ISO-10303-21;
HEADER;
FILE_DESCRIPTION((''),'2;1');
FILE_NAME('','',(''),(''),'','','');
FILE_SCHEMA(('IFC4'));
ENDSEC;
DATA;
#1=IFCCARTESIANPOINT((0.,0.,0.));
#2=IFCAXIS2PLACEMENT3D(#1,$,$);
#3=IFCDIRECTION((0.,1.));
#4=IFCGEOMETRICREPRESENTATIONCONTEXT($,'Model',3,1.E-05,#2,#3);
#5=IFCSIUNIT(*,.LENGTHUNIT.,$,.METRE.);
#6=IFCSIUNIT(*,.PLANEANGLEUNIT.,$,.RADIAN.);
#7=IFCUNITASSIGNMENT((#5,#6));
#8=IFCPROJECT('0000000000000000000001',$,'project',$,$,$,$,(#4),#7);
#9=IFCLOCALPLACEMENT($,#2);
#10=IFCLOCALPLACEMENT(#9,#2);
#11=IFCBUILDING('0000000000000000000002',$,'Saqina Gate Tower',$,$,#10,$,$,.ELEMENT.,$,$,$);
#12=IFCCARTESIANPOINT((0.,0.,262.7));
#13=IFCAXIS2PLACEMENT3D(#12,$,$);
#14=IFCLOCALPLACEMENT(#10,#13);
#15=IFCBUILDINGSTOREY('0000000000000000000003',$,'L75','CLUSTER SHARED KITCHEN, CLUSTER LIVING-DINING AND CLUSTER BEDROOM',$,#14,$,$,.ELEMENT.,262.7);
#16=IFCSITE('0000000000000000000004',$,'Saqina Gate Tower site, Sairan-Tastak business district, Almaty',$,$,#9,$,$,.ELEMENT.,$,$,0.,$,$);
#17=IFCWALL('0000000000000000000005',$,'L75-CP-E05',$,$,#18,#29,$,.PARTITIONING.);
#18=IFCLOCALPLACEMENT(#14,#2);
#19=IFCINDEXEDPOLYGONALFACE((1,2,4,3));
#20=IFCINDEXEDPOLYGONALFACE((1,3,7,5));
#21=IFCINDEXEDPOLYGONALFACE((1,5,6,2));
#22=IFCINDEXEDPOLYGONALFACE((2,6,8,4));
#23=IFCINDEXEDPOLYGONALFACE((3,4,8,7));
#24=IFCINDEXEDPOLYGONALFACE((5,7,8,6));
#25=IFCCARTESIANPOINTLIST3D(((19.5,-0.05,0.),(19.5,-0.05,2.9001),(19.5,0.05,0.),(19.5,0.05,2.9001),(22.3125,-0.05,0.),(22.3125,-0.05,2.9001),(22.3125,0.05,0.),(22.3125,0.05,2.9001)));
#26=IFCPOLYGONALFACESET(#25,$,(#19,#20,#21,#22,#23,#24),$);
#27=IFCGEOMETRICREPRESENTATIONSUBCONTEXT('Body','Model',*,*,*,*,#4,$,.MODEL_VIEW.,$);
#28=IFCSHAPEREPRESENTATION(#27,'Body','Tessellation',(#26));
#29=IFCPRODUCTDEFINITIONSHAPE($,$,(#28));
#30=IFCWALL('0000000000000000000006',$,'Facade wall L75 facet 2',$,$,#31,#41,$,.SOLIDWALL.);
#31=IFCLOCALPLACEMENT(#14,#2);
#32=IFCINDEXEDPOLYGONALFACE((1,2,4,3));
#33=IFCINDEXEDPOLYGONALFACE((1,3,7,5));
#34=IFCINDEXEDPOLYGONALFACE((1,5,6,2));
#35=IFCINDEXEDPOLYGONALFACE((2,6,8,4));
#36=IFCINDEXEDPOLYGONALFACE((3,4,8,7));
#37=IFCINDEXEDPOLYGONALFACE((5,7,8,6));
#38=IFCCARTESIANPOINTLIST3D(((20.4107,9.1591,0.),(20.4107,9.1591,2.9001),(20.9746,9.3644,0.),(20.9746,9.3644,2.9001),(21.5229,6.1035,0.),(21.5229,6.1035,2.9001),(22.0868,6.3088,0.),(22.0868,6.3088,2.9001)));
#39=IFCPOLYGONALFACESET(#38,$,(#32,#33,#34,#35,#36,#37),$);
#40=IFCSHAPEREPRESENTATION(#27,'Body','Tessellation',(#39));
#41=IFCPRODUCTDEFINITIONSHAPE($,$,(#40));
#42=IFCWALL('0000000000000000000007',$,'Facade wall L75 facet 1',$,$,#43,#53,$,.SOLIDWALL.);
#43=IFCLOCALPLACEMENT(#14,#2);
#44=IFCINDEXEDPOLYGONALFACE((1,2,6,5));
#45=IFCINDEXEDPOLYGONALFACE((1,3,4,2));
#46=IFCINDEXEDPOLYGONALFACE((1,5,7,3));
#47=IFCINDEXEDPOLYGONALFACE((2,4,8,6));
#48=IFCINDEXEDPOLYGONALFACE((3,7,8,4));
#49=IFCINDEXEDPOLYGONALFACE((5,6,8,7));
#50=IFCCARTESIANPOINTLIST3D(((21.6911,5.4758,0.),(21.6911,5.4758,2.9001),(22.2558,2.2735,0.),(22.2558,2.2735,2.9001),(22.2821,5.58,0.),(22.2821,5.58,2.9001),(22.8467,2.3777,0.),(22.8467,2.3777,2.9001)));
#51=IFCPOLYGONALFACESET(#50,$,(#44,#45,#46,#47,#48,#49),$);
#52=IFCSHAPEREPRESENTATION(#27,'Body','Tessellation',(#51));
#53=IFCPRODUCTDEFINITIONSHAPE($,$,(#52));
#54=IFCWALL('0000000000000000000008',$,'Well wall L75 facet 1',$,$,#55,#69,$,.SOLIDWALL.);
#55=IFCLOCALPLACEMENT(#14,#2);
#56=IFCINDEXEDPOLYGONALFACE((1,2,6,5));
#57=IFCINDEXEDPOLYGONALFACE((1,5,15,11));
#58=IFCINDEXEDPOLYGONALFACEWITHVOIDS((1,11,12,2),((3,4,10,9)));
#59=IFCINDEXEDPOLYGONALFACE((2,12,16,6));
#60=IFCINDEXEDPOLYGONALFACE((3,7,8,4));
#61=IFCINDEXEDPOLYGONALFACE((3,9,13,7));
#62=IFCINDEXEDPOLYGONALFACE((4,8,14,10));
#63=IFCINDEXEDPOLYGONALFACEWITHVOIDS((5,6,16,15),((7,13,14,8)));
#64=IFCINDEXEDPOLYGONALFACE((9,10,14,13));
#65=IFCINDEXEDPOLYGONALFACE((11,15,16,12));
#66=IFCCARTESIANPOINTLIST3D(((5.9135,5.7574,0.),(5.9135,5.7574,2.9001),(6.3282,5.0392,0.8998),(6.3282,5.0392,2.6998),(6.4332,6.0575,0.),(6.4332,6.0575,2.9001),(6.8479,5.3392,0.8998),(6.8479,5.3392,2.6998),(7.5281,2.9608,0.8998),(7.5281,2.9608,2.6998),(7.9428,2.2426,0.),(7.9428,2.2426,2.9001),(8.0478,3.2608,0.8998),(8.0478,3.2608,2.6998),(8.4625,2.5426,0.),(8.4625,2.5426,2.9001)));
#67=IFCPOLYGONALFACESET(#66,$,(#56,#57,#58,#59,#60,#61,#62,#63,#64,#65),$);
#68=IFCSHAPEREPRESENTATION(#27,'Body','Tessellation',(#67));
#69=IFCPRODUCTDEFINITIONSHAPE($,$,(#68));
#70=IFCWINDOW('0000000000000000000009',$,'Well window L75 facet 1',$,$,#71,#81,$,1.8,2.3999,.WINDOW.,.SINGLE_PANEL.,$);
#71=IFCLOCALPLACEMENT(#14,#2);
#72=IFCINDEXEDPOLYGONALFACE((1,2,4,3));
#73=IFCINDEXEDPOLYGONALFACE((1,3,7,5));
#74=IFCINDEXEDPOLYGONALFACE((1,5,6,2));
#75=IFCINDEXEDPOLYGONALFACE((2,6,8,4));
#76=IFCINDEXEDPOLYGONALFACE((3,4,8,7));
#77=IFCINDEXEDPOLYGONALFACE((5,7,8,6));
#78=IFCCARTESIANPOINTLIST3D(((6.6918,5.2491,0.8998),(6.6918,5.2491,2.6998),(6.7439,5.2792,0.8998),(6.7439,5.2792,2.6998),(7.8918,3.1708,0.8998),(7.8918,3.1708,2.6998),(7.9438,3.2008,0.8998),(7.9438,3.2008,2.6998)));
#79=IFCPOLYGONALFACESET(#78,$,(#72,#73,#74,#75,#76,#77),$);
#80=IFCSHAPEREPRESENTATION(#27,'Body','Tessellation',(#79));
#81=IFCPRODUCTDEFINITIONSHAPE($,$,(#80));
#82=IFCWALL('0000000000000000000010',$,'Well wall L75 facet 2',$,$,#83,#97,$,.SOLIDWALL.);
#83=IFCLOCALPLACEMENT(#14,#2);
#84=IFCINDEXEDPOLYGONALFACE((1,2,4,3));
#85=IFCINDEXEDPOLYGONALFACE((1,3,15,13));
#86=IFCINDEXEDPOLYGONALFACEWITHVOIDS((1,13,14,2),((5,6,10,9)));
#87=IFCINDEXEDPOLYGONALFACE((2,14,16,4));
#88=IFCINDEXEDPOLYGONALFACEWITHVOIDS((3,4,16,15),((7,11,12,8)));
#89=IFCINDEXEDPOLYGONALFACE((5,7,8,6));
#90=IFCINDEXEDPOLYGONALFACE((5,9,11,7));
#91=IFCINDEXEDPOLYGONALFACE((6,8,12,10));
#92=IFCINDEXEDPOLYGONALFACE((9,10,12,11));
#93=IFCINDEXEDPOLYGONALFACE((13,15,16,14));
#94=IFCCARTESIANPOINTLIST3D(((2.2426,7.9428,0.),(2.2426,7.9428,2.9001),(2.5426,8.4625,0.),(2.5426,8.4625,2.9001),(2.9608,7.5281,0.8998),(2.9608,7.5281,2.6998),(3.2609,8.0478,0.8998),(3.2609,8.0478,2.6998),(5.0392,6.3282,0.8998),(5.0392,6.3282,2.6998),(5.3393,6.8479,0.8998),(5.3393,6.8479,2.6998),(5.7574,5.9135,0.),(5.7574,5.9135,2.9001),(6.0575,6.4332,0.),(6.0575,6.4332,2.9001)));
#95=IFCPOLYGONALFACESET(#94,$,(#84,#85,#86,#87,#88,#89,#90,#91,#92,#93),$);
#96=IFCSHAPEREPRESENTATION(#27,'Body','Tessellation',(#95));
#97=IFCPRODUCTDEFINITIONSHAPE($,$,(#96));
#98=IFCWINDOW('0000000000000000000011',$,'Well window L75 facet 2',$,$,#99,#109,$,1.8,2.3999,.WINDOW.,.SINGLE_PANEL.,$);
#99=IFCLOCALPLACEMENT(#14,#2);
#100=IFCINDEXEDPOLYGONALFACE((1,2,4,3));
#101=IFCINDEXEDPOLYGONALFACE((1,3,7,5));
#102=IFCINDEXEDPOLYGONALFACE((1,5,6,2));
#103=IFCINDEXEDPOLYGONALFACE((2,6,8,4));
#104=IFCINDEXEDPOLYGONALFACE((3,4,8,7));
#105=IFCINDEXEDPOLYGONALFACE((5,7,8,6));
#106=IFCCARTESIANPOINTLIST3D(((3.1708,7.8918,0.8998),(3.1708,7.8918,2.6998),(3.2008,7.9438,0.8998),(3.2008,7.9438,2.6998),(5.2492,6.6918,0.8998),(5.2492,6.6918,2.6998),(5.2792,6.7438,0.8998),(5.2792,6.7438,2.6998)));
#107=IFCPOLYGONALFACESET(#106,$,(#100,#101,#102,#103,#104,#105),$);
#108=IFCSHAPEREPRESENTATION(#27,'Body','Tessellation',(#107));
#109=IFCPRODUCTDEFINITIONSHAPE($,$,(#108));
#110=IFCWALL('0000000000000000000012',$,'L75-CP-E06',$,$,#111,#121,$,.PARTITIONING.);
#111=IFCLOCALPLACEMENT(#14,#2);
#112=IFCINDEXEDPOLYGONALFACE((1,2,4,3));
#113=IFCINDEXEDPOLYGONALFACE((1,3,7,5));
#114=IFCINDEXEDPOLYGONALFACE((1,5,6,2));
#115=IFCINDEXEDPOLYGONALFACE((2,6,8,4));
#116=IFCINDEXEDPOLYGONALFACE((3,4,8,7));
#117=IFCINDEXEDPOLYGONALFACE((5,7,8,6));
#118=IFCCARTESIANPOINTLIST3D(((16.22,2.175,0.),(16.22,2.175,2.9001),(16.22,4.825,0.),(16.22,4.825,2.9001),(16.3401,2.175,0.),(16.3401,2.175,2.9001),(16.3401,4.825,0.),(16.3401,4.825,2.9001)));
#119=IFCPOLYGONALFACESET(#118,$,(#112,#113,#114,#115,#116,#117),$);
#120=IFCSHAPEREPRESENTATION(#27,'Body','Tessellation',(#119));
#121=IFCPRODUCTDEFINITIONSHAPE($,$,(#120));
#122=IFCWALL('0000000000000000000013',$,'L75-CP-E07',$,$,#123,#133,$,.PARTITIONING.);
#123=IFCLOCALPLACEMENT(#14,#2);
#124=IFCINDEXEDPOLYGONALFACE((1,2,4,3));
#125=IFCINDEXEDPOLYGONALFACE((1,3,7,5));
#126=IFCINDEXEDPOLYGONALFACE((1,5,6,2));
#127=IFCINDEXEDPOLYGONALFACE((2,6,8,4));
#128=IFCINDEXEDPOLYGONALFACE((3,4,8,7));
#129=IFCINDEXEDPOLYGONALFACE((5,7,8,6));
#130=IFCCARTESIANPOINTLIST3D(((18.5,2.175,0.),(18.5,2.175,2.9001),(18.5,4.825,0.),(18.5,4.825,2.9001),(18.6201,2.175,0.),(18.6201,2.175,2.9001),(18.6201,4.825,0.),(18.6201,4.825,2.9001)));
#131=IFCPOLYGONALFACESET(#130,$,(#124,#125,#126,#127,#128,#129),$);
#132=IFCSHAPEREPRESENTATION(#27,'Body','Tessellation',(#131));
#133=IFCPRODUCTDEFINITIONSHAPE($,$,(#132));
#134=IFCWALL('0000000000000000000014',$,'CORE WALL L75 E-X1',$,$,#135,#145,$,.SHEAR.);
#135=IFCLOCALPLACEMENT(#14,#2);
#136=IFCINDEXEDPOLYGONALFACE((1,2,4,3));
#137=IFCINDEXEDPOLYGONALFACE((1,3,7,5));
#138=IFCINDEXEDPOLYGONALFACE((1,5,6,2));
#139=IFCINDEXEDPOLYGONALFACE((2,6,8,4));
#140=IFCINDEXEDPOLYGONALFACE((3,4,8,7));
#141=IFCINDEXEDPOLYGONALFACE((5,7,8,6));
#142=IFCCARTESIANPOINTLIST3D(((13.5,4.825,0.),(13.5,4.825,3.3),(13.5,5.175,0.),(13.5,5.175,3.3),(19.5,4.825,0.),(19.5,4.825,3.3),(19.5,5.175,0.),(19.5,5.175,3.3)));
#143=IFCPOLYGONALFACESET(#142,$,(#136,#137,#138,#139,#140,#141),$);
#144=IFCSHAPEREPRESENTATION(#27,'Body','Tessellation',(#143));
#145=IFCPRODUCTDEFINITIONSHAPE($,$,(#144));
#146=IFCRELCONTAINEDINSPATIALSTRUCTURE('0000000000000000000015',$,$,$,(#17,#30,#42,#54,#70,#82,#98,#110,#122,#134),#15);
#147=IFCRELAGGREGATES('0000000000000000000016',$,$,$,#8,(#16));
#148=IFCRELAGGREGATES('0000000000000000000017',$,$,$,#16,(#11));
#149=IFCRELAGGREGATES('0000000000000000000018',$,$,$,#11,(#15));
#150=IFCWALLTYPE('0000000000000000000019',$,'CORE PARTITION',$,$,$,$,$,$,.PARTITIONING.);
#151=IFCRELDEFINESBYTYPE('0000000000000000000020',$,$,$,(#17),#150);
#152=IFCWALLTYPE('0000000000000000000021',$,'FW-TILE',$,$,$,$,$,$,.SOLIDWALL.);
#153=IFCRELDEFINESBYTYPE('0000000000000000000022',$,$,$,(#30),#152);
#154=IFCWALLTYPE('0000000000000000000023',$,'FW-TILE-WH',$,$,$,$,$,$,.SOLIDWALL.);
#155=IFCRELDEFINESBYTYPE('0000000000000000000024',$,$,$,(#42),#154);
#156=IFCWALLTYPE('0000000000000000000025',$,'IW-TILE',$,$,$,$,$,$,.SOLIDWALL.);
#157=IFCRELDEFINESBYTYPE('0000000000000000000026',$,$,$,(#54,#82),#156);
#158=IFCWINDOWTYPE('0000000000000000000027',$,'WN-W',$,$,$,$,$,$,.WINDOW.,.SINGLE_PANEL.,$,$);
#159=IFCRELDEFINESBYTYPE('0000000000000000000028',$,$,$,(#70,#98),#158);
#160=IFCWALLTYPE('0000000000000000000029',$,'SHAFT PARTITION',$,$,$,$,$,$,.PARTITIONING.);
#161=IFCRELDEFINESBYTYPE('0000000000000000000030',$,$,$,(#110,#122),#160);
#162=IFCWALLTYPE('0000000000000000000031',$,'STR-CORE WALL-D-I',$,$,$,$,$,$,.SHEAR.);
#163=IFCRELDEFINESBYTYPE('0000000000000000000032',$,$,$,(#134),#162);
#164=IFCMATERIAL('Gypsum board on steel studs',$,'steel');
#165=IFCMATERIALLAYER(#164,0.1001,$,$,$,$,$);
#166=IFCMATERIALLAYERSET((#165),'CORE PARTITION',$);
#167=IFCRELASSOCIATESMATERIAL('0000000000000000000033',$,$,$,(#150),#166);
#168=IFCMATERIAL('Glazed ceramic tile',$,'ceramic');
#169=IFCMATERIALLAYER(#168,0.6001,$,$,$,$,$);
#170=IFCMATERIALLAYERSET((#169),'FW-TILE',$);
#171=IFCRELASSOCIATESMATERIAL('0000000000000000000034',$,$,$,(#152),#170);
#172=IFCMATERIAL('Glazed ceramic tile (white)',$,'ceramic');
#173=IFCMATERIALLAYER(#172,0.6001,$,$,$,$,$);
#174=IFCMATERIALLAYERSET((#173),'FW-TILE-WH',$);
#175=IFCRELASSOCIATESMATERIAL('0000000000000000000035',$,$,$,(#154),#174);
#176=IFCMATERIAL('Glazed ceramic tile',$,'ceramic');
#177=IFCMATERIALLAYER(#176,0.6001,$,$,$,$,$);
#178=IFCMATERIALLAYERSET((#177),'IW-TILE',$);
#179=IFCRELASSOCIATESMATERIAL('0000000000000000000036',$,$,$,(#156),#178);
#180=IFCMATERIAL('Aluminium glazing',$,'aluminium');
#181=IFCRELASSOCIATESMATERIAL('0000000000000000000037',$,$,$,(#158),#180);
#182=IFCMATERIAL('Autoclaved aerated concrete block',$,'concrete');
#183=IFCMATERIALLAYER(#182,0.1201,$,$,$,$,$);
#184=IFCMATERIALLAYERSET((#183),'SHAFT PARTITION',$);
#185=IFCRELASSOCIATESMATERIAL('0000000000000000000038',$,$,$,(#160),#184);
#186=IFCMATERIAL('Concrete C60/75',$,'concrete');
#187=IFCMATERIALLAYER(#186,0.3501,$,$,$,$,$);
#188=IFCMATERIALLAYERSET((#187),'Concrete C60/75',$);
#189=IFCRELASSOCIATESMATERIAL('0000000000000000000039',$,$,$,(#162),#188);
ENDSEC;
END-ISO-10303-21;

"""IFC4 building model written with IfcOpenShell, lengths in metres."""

from ifc_helpers import new_model, si_unit, direction, frame, frame_2d, origin, place, context, subcontext, project, spatial, rectangle, extrude, material, layer, layer_set, type_object, element, fill, save


model = new_model("IFC4")

# Units and contexts
model_context = context("Model", 3, precision=1e-05, world=origin(), true_north=direction((0.0, 1.0)))
body_context = subcontext(model_context, "Body", "Model", "MODEL_VIEW")
ifc_project = project(units=[si_unit("LENGTHUNIT", "METRE"), si_unit("PLANEANGLEUNIT", "RADIAN")], contexts=[model_context])

# Site, building, storey
site_placement = place(None, origin())
site = spatial("IfcSite", under=ifc_project, at=site_placement, Name="Saqina Gate Tower site, Sairan-Tastak business district, Almaty", CompositionType="ELEMENT", RefElevation=0.0)
building_placement = place(site_placement, origin())
building = spatial("IfcBuilding", under=site, at=building_placement, Name="Saqina Gate Tower", CompositionType="ELEMENT")
storey_placement = place(building_placement, frame((0.0, 0.0, 262.7)))
storey = spatial("IfcBuildingStorey", under=building, at=storey_placement, Name="L75", Description="CLUSTER SHARED KITCHEN, CLUSTER LIVING-DINING AND CLUSTER BEDROOM", CompositionType="ELEMENT", Elevation=262.7)

# Shared definitions
ifc_material_1 = material(Name="Gypsum board on steel studs", Category="steel")
ifc_layer_1 = layer(ifc_material_1, 0.1001)
ifc_layer_set_1 = layer_set([ifc_layer_1], Name="CORE PARTITION")
wall_type_1 = type_object("IfcWallType", Name="CORE PARTITION", PredefinedType="PARTITIONING", material=ifc_layer_set_1)

# Walls
wall_1_placement = place(storey_placement, frame((19.5, 0.0, 0.0), z_axis=(0.0, 0.0, 1.0), x_axis=(1.0, 0.0, 0.0)))
element("IfcWall", 1, at=wall_1_placement, inside=storey, type_object=wall_type_1, Name="L75-CP-E05", PredefinedType="PARTITIONING", context=body_context, shape_type="SweptSolid", body=[
    extrude(rectangle(XDim=2.8125, YDim=0.1001, at=frame_2d((1.4062, 0.0))), origin(), (0.0, 0.0, 1.0), 2.9001),
])
ifc_material_2 = material(Name="Glazed ceramic tile", Category="ceramic")
ifc_layer_2 = layer(ifc_material_2, 0.6001)
ifc_layer_set_2 = layer_set([ifc_layer_2], Name="FW-TILE")
wall_type_2 = type_object("IfcWallType", Name="FW-TILE", PredefinedType="SOLIDWALL", material=ifc_layer_set_2)
wall_2_placement = place(storey_placement, frame((21.8049, 6.2061, 0.0), z_axis=(0.0, 0.0, 1.0), x_axis=(-0.342057, 0.939679, 0.0)))
element("IfcWall", 2, at=wall_2_placement, inside=storey, type_object=wall_type_2, Name="Facade wall L75 facet 2", PredefinedType="SOLIDWALL", context=body_context, shape_type="SweptSolid", body=[
    extrude(rectangle(XDim=3.2517, YDim=0.6001, at=frame_2d((1.626, 0.0))), origin(), (0.0, 0.0, 1.0), 2.9001),
])
ifc_material_3 = material(Name="Glazed ceramic tile (white)", Category="ceramic")
ifc_layer_3 = layer(ifc_material_3, 0.6001)
ifc_layer_set_3 = layer_set([ifc_layer_3], Name="FW-TILE-WH")
wall_type_3 = type_object("IfcWallType", Name="FW-TILE-WH", PredefinedType="SOLIDWALL", material=ifc_layer_set_3)
wall_3_placement = place(storey_placement, frame((22.5513, 2.3254, 0.0), z_axis=(0.0, 0.0, 1.0), x_axis=(-0.173657, 0.984806, 0.0)))
element("IfcWall", 3, at=wall_3_placement, inside=storey, type_object=wall_type_3, Name="Facade wall L75 facet 1", PredefinedType="SOLIDWALL", context=body_context, shape_type="SweptSolid", body=[
    extrude(rectangle(XDim=3.2517, YDim=0.6001, at=frame_2d((1.626, 0.0))), origin(), (0.0, 0.0, 1.0), 2.9001),
])

# Walls, openings, windows
ifc_material_4 = material(Name="Glazed ceramic tile", Category="ceramic")
ifc_layer_4 = layer(ifc_material_4, 0.6001)
ifc_layer_set_4 = layer_set([ifc_layer_4], Name="IW-TILE")
wall_type_4 = type_object("IfcWallType", Name="IW-TILE", PredefinedType="SOLIDWALL", material=ifc_layer_set_4)
wall_4_placement = place(storey_placement, frame((8.2026, 2.3926, 0.0), z_axis=(0.0, 0.0, 1.0), x_axis=(-0.499995, 0.866028, 0.0)))
wall_4 = element("IfcWall", 4, at=wall_4_placement, inside=storey, type_object=wall_type_4, Name="Well wall L75 facet 1", PredefinedType="SOLIDWALL", context=body_context, shape_type="SweptSolid", body=[
    extrude(rectangle(XDim=4.0586, YDim=0.6001, at=frame_2d((2.0293, 0.0))), origin(), (0.0, 0.0, 1.0), 2.9001),
])
opening_1_placement = place(wall_4_placement, frame((0.8293, 0.0, 0.8999)))
opening_1 = element("IfcOpeningElement", 5, at=opening_1_placement, cuts=wall_4, PredefinedType="OPENING", context=body_context, shape_type="SweptSolid", body=[
    extrude(rectangle(XDim=2.3999, YDim=1.8, at=frame_2d((1.2, 0.8999))), frame((0.0, 0.312, 0.0), z_axis=(0.0, -1.0, 0.0), x_axis=(1.0, 0.0, 0.0)), (0.0, 0.0, 1.0), 0.624),
])
ifc_material_5 = material(Name="Aluminium glazing", Category="aluminium")
window_type = type_object("IfcWindowType", Name="WN-W", PartitioningType="SINGLE_PANEL", PredefinedType="WINDOW", material=ifc_material_5)
window_1_placement = place(opening_1_placement, origin())
window_1 = element("IfcWindow", 6, at=window_1_placement, inside=storey, type_object=window_type, Name="Well window L75 facet 1", OverallHeight=1.8, OverallWidth=2.3999, PartitioningType="SINGLE_PANEL", PredefinedType="WINDOW", context=body_context, shape_type="SweptSolid", body=[
    extrude(rectangle(XDim=2.3999, YDim=1.8, at=frame_2d((1.2, 0.8999))), frame((0.0, -0.1199, 0.0), z_axis=(0.0, -1.0, 0.0), x_axis=(1.0, 0.0, 0.0)), (0.0, 0.0, 1.0), 0.0601),
])
fill(opening_1, window_1)
wall_5_placement = place(storey_placement, frame((5.9075, 6.1733, 0.0), z_axis=(0.0, 0.0, 1.0), x_axis=(-0.866028, 0.499995, 0.0)))
wall_5 = element("IfcWall", 7, at=wall_5_placement, inside=storey, type_object=wall_type_4, Name="Well wall L75 facet 2", PredefinedType="SOLIDWALL", context=body_context, shape_type="SweptSolid", body=[
    extrude(rectangle(XDim=4.0586, YDim=0.6001, at=frame_2d((2.0293, 0.0))), origin(), (0.0, 0.0, 1.0), 2.9001),
])
opening_2_placement = place(wall_5_placement, frame((0.8293, 0.0, 0.8999)))
opening_2 = element("IfcOpeningElement", 8, at=opening_2_placement, cuts=wall_5, PredefinedType="OPENING", context=body_context, shape_type="SweptSolid", body=[
    extrude(rectangle(XDim=2.3999, YDim=1.8, at=frame_2d((1.2, 0.8999))), frame((0.0, 0.312, 0.0), z_axis=(0.0, -1.0, 0.0), x_axis=(1.0, 0.0, 0.0)), (0.0, 0.0, 1.0), 0.624),
])
window_2_placement = place(opening_2_placement, origin())
window_2 = element("IfcWindow", 9, at=window_2_placement, inside=storey, type_object=window_type, Name="Well window L75 facet 2", OverallHeight=1.8, OverallWidth=2.3999, PartitioningType="SINGLE_PANEL", PredefinedType="WINDOW", context=body_context, shape_type="SweptSolid", body=[
    extrude(rectangle(XDim=2.3999, YDim=1.8, at=frame_2d((1.2, 0.8999))), frame((0.0, -0.1199, 0.0), z_axis=(0.0, -1.0, 0.0), x_axis=(1.0, 0.0, 0.0)), (0.0, 0.0, 1.0), 0.0601),
])
fill(opening_2, window_2)

# Walls
ifc_material_6 = material(Name="Autoclaved aerated concrete block", Category="concrete")
ifc_layer_5 = layer(ifc_material_6, 0.1201)
ifc_layer_set_5 = layer_set([ifc_layer_5], Name="SHAFT PARTITION")
wall_type_5 = type_object("IfcWallType", Name="SHAFT PARTITION", PredefinedType="PARTITIONING", material=ifc_layer_set_5)
for number, where, z_axis, x_axis, name in (
    (10, (16.28, 2.175, 0.0), (0.0, 0.0, 1.0), (0.0, 1.0, 0.0), "L75-CP-E06"),
    (11, (18.5601, 2.175, 0.0), (0.0, 0.0, 1.0), (0.0, 1.0, 0.0), "L75-CP-E07"),
):
    element("IfcWall", number, at=place(storey_placement, frame(where, z_axis=z_axis, x_axis=x_axis)), inside=storey, type_object=wall_type_5, Name=name, PredefinedType="PARTITIONING", context=body_context, shape_type="SweptSolid", body=[
        extrude(rectangle(XDim=2.6499, YDim=0.1201, at=frame_2d((1.325, 0.0))), origin(), (0.0, 0.0, 1.0), 2.9001),
    ])
ifc_material_7 = material(Name="Concrete C60/75", Category="concrete")
ifc_layer_6 = layer(ifc_material_7, 0.3501)
ifc_layer_set_6 = layer_set([ifc_layer_6], Name="Concrete C60/75")
wall_type_6 = type_object("IfcWallType", Name="STR-CORE WALL-D-I", PredefinedType="SHEAR", material=ifc_layer_set_6)
wall_6_placement = place(storey_placement, frame((13.5, 5.0, 0.0), z_axis=(0.0, 0.0, 1.0), x_axis=(1.0, 0.0, 0.0)))
element("IfcWall", 12, at=wall_6_placement, inside=storey, type_object=wall_type_6, Name="CORE WALL L75 E-X1", PredefinedType="SHEAR", context=body_context, shape_type="SweptSolid", body=[
    extrude(rectangle(XDim=6.0, YDim=0.3501, at=frame_2d((3.0, 0.0))), origin(), (0.0, 0.0, 1.0), 3.3),
])

save(model, "model.ifc")
